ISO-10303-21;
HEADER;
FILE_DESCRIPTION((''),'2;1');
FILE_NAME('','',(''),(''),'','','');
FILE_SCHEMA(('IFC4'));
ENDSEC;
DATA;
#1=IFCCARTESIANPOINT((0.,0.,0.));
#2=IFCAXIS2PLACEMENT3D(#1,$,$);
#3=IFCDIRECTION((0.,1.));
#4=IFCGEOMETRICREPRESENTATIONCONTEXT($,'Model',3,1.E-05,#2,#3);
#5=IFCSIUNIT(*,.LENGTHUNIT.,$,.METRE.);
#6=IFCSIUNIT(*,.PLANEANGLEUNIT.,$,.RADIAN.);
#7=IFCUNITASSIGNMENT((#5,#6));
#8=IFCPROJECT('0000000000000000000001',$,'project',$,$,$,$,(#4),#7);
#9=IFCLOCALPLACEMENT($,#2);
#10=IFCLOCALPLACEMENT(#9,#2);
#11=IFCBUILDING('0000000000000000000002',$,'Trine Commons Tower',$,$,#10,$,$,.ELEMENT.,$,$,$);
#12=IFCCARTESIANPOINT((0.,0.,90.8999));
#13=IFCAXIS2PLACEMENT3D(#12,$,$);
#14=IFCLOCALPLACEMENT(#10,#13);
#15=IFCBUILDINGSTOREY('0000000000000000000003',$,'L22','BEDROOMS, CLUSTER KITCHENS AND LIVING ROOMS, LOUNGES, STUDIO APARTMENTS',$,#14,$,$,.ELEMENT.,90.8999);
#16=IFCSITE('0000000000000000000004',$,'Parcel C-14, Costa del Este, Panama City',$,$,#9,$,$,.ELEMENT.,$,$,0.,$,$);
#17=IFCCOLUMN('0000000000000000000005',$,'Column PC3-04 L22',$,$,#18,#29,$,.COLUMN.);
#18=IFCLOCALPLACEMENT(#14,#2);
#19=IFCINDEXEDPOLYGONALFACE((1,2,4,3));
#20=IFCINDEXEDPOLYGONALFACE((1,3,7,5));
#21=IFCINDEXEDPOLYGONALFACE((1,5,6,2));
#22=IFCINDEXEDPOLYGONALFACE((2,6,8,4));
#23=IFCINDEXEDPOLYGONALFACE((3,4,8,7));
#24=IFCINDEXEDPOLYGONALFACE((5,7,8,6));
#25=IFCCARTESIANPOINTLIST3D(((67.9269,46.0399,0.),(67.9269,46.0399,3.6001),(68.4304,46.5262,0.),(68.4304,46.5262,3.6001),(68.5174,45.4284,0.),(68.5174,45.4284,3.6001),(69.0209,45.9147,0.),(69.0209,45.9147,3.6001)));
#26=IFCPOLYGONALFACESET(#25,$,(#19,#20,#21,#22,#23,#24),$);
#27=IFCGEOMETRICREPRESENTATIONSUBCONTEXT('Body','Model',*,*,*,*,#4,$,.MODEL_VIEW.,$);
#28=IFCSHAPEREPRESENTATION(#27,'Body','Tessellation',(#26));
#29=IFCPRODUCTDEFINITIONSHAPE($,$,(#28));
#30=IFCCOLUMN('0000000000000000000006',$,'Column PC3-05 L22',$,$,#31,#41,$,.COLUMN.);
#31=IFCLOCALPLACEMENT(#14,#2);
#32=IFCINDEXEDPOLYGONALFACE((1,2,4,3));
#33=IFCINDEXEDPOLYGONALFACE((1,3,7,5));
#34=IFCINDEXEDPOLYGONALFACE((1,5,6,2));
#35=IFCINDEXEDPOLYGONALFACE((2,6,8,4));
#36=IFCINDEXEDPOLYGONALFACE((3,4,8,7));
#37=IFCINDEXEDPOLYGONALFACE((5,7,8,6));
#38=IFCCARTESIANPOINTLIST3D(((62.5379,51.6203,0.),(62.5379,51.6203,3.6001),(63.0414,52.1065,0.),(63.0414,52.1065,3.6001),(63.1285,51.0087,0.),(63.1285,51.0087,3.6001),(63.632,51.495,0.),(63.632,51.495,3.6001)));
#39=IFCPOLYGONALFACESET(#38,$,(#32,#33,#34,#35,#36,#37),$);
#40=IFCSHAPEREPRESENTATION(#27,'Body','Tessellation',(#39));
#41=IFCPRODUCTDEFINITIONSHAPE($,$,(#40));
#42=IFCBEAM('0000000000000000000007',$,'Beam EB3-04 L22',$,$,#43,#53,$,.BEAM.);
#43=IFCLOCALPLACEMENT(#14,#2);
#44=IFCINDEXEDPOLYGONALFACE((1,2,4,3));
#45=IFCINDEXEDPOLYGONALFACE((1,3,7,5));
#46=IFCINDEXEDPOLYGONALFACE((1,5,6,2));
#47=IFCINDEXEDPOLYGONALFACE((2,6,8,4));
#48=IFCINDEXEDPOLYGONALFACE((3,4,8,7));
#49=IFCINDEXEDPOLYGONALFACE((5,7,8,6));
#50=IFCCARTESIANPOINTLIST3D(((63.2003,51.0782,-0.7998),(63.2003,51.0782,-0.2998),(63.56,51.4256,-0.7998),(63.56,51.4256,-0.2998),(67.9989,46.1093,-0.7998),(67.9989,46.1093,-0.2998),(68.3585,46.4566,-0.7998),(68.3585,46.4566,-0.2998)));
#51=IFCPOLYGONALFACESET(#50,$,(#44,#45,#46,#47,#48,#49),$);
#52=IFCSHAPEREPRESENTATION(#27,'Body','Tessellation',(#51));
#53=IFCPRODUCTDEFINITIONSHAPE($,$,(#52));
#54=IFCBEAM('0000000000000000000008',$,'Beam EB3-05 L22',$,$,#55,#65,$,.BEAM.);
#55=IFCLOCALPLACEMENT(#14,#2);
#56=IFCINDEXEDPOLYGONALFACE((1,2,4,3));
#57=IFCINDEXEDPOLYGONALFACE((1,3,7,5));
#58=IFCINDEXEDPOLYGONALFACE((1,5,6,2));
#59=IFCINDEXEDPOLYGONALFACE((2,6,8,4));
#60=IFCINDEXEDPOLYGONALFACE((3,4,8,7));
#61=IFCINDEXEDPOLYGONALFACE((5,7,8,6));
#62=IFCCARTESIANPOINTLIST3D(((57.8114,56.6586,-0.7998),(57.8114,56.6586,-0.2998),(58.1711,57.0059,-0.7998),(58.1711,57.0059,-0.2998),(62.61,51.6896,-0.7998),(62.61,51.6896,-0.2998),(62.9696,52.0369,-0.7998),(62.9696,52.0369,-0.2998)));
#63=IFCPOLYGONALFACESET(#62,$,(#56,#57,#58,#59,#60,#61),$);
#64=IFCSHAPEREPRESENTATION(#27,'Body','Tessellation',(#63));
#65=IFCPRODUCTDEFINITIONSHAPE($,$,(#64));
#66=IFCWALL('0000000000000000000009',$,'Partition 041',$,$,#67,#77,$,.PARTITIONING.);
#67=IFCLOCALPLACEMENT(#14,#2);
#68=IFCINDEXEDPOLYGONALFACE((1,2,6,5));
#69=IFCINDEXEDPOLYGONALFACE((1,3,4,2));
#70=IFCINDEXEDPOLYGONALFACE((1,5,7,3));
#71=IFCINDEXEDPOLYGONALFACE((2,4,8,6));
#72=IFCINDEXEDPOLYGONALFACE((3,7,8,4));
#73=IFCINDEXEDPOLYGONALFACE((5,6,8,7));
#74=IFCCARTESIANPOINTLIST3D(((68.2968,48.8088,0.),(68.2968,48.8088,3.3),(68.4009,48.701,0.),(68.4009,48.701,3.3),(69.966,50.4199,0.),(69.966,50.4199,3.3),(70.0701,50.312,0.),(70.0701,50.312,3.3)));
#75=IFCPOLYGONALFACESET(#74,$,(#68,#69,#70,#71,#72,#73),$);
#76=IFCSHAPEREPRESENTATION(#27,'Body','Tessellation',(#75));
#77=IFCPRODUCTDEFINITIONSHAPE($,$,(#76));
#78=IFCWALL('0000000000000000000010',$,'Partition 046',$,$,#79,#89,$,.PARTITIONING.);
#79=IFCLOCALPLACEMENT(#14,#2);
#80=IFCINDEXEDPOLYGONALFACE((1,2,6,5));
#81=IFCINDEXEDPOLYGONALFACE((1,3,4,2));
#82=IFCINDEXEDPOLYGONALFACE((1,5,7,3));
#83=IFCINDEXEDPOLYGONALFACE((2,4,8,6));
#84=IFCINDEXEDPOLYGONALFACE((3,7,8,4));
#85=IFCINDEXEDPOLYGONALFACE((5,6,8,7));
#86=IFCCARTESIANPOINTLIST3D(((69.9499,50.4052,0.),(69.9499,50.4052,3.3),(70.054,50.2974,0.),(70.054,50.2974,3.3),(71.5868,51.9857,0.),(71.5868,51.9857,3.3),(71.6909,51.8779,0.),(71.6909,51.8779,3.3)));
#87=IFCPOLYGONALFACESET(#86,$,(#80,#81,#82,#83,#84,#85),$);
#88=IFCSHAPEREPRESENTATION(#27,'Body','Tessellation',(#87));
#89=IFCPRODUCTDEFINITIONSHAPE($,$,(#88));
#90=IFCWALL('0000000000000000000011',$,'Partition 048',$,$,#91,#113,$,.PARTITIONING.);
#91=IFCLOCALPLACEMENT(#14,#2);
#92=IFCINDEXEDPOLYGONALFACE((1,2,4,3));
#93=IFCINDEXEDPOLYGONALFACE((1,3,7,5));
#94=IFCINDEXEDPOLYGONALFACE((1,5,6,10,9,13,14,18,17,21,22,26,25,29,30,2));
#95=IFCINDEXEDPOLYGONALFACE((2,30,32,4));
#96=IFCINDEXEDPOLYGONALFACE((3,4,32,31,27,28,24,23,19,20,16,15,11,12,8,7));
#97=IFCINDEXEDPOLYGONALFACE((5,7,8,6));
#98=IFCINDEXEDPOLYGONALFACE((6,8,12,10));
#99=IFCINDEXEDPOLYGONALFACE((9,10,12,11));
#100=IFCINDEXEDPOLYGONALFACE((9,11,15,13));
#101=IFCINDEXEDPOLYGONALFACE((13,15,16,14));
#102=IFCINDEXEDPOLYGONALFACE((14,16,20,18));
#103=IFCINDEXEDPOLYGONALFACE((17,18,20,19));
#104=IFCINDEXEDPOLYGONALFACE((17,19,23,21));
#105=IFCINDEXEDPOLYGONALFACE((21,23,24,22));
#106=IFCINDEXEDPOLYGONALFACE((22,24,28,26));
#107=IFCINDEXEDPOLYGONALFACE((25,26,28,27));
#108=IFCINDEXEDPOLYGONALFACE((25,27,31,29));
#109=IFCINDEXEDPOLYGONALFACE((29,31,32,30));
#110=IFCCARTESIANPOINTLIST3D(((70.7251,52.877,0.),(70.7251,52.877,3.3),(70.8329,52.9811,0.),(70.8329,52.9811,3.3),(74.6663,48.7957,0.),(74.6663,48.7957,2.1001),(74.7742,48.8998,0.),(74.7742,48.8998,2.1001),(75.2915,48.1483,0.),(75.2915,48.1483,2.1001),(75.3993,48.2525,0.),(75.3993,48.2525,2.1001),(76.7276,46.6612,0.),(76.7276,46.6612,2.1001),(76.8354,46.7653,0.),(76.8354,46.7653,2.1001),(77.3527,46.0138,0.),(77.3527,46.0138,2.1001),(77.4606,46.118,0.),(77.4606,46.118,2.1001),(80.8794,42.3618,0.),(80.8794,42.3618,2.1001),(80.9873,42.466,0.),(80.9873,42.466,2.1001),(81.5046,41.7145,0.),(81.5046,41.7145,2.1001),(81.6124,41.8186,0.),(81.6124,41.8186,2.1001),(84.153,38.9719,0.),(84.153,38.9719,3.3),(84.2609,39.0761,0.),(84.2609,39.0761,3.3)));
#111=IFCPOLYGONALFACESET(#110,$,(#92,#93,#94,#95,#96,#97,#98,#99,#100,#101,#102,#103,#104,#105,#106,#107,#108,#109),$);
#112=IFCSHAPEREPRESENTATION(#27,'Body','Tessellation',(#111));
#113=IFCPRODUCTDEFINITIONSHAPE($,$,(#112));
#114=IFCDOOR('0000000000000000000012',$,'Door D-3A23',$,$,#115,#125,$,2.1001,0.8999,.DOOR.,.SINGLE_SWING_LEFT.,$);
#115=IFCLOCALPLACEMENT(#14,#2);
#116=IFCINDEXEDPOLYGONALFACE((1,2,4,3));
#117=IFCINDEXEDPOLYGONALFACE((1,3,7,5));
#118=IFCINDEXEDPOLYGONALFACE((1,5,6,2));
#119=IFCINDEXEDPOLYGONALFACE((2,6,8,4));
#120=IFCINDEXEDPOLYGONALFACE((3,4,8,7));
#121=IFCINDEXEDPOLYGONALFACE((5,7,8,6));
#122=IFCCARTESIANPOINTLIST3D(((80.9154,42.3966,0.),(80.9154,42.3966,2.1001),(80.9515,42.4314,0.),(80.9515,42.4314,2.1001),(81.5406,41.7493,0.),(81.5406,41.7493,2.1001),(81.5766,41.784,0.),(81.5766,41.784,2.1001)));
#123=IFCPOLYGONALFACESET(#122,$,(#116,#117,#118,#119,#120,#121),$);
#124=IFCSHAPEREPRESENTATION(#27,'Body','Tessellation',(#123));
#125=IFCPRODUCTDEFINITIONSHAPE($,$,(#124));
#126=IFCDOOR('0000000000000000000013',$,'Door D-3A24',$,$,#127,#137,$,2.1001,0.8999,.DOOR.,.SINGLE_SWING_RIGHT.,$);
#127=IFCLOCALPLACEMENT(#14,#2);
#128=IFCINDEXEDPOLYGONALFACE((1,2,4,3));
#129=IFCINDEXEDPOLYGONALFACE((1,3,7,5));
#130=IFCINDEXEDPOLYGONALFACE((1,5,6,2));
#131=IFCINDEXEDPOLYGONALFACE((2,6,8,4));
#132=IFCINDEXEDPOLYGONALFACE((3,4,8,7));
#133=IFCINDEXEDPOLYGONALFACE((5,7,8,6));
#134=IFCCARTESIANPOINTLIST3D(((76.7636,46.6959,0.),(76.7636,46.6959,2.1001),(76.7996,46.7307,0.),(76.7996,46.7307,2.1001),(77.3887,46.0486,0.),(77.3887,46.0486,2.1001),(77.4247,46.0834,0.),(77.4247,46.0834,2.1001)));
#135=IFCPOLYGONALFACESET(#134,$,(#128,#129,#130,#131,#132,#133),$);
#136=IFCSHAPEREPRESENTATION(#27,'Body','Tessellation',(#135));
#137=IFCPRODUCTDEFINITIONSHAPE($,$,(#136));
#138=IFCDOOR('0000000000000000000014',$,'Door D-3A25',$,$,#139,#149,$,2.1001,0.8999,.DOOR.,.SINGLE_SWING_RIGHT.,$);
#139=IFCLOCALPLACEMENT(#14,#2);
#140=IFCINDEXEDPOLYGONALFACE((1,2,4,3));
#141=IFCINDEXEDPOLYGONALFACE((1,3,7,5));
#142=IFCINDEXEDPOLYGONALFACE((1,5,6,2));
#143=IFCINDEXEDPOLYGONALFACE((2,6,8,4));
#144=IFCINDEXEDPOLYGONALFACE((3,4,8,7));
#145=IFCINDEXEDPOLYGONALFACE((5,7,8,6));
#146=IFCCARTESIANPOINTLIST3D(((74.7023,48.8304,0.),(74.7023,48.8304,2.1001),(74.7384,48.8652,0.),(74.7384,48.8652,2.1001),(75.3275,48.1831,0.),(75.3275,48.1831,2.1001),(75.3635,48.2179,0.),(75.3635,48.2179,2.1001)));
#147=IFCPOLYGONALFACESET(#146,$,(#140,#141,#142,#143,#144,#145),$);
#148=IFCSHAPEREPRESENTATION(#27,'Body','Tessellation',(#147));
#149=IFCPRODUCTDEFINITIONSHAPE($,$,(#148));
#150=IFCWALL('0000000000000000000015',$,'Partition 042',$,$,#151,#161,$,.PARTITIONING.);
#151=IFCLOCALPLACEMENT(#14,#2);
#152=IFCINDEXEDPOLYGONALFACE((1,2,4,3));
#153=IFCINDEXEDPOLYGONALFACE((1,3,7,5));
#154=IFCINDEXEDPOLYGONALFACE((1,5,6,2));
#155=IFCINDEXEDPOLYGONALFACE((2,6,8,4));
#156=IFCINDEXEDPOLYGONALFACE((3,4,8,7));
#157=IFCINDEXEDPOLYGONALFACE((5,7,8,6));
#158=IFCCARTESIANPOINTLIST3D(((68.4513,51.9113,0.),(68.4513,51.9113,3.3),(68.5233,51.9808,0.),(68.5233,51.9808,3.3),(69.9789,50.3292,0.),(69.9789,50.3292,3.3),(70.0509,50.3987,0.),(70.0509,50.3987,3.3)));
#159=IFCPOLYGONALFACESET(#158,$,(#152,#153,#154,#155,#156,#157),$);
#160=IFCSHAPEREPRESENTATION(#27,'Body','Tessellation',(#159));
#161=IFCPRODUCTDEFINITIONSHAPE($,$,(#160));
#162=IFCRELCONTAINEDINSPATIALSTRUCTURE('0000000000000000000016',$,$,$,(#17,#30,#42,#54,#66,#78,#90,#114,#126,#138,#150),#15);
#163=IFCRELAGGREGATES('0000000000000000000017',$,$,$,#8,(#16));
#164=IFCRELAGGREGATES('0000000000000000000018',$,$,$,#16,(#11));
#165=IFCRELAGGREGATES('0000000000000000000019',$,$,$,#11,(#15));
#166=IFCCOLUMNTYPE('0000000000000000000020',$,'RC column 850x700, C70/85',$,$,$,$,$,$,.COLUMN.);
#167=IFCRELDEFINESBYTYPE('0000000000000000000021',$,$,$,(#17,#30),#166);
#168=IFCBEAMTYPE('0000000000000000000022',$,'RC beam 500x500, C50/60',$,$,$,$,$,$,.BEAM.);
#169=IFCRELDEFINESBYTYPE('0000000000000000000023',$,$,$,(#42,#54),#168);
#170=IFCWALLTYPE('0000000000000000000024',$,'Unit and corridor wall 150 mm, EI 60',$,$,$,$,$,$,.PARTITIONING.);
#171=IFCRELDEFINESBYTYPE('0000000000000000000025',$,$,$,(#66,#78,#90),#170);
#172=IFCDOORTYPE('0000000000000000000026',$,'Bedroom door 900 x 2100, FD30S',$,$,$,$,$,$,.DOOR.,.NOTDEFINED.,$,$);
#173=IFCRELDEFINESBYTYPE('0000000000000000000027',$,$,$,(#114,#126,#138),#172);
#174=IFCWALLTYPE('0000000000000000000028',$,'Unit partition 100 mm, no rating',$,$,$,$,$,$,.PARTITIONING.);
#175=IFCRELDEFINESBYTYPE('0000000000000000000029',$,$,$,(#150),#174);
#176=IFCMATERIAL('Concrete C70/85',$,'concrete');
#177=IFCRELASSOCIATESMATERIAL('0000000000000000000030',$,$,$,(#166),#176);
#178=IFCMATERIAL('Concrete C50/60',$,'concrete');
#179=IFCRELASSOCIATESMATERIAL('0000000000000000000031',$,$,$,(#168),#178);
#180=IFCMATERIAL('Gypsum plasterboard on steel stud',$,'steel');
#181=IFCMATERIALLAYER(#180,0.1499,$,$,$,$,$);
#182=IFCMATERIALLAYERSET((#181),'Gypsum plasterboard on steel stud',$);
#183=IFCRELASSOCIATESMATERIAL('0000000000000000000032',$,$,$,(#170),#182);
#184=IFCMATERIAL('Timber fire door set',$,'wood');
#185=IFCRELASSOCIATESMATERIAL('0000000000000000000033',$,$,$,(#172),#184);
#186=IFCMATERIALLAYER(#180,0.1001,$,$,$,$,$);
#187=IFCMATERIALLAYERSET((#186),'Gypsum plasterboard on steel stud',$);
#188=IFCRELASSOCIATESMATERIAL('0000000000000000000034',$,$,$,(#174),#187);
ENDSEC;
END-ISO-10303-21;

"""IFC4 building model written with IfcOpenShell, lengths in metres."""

from ifc_helpers import new_model, si_unit, direction, frame, frame_2d, origin, origin_2d, place, context, subcontext, project, spatial, rectangle, extrude, material, layer, layer_set, material_profile, profile_set, type_object, element, fill, save


model = new_model("IFC4")

# Units and contexts
model_context = context("Model", 3, precision=1e-05, world=origin(), true_north=direction((0.0, 1.0)))
body_context = subcontext(model_context, "Body", "Model", "MODEL_VIEW")
ifc_project = project(units=[si_unit("LENGTHUNIT", "METRE"), si_unit("PLANEANGLEUNIT", "RADIAN")], contexts=[model_context])

# Site, building, storey
site_placement = place(None, origin())
site = spatial("IfcSite", under=ifc_project, at=site_placement, Name="Parcel C-14, Costa del Este, Panama City", CompositionType="ELEMENT", RefElevation=0.0)
building_placement = place(site_placement, origin())
building = spatial("IfcBuilding", under=site, at=building_placement, Name="Trine Commons Tower", CompositionType="ELEMENT")
storey_placement = place(building_placement, frame((0.0, 0.0, 90.8999)))
storey = spatial("IfcBuildingStorey", under=building, at=storey_placement, Name="L22", Description="BEDROOMS, CLUSTER KITCHENS AND LIVING ROOMS, LOUNGES, STUDIO APARTMENTS", CompositionType="ELEMENT", Elevation=90.8999)

# Columns
ifc_material_1 = material(Name="Concrete C70/85", Category="concrete")
ifc_material_profile_1 = material_profile(ifc_material_1, rectangle(XDim=0.8501, YDim=0.7, at=origin_2d()), Name="RC 850x700")
ifc_profile_set_1 = profile_set([ifc_material_profile_1], Name="Concrete C70/85")
column_type = type_object("IfcColumnType", Name="RC column 850x700, C70/85", PredefinedType="COLUMN", material=ifc_profile_set_1)
for number, where, z_axis, x_axis, name in (
    (1, (68.4739, 45.9773, 0.0), (0.0, 0.0, 1.0), (-0.694658, 0.71934, 0.0), "Column PC3-04 L22"),
    (2, (63.085, 51.5576, 0.0), (0.0, 0.0, 1.0), (-0.694658, 0.71934, 0.0), "Column PC3-05 L22"),
):
    element("IfcColumn", number, at=place(storey_placement, frame(where, z_axis=z_axis, x_axis=x_axis)), inside=storey, type_object=column_type, Name=name, PredefinedType="COLUMN", context=body_context, shape_type="SweptSolid", body=[
        extrude(rectangle(XDim=0.8501, YDim=0.7, at=origin_2d()), origin(), (0.0, 0.0, 1.0), 3.6001),
    ])

# Beams
ifc_material_2 = material(Name="Concrete C50/60", Category="concrete")
ifc_material_profile_2 = material_profile(ifc_material_2, rectangle(XDim=0.5, YDim=0.5, at=origin_2d()), Name="RC 500x500")
ifc_profile_set_2 = profile_set([ifc_material_profile_2], Name="Concrete C50/60")
beam_type = type_object("IfcBeamType", Name="RC beam 500x500, C50/60", PredefinedType="BEAM", material=ifc_profile_set_2)
for number, where, z_axis, x_axis, name in (
    (3, (68.1787, 46.283, -0.5498), (-0.694665, 0.719334, 0.0), (-0.719334, -0.694665, 0.0), "Beam EB3-04 L22"),
    (4, (62.7898, 51.8633, -0.5498), (-0.694665, 0.719334, 0.0), (-0.719334, -0.694665, 0.0), "Beam EB3-05 L22"),
):
    element("IfcBeam", number, at=place(storey_placement, frame(where, z_axis=z_axis, x_axis=x_axis)), inside=storey, type_object=beam_type, Name=name, PredefinedType="BEAM", context=body_context, shape_type="SweptSolid", body=[
        extrude(rectangle(XDim=0.5, YDim=0.5, at=origin_2d()), origin(), (0.0, 0.0, 1.0), 6.9077),
    ])

# Walls
ifc_material_3 = material(Name="Gypsum plasterboard on steel stud", Category="steel")
ifc_layer_1 = layer(ifc_material_3, 0.1499)
ifc_layer_set_1 = layer_set([ifc_layer_1], Name="Gypsum plasterboard on steel stud")
wall_type_1 = type_object("IfcWallType", Name="Unit and corridor wall 150 mm, EI 60", PredefinedType="PARTITIONING", material=ifc_layer_set_1)
wall_1_placement = place(storey_placement, frame((68.3489, 48.7549, 0.0), z_axis=(0.0, 0.0, 1.0), x_axis=(0.719519, 0.694472, 0.0)))
element("IfcWall", 5, at=wall_1_placement, inside=storey, type_object=wall_type_1, Name="Partition 041", PredefinedType="PARTITIONING", context=body_context, shape_type="SweptSolid", body=[
    extrude(rectangle(XDim=2.3198, YDim=0.1499, at=frame_2d((1.1599, 0.0))), origin(), (0.0, 0.0, 1.0), 3.3),
])
wall_2_placement = place(storey_placement, frame((70.002, 50.3513, 0.0), z_axis=(0.0, 0.0, 1.0), x_axis=(0.71939, 0.694606, 0.0)))
element("IfcWall", 6, at=wall_2_placement, inside=storey, type_object=wall_type_1, Name="Partition 046", PredefinedType="PARTITIONING", context=body_context, shape_type="SweptSolid", body=[
    extrude(rectangle(XDim=2.2754, YDim=0.1499, at=frame_2d((1.1377, 0.0))), origin(), (0.0, 0.0, 1.0), 3.3),
])

# Wall, openings, doors
wall_3_placement = place(storey_placement, frame((70.7791, 52.929, 0.0), z_axis=(0.0, 0.0, 1.0), x_axis=(0.69466, -0.719339, 0.0)))
wall_3 = element("IfcWall", 7, at=wall_3_placement, inside=storey, type_object=wall_type_1, Name="Partition 048", PredefinedType="PARTITIONING", context=body_context, shape_type="SweptSolid", body=[
    extrude(rectangle(XDim=19.3303, YDim=0.1499, at=frame_2d((9.665, 0.0))), origin(), (0.0, 0.0, 1.0), 3.3),
])
opening_1_placement = place(wall_3_placement, frame((14.6177, 0.0, 0.0)))
opening_1 = element("IfcOpeningElement", 8, at=opening_1_placement, cuts=wall_3, PredefinedType="OPENING", context=body_context, shape_type="SweptSolid", body=[
    extrude(rectangle(XDim=0.8999, YDim=2.1001, at=frame_2d((0.45, 1.05))), frame((0.0, 0.085, 0.0), z_axis=(0.0, -1.0, 0.0), x_axis=(1.0, 0.0, 0.0)), (0.0, 0.0, 1.0), 0.1699),
])
opening_2_placement = place(wall_3_placement, frame((8.6409, 0.0, 0.0)))
opening_2 = element("IfcOpeningElement", 9, at=opening_2_placement, cuts=wall_3, PredefinedType="OPENING", context=body_context, shape_type="SweptSolid", body=[
    extrude(rectangle(XDim=0.8999, YDim=2.1001, at=frame_2d((0.45, 1.05))), frame((0.0, 0.085, 0.0), z_axis=(0.0, -1.0, 0.0), x_axis=(1.0, 0.0, 0.0)), (0.0, 0.0, 1.0), 0.1699),
])
opening_3_placement = place(wall_3_placement, frame((5.6736, 0.0, 0.0)))
opening_3 = element("IfcOpeningElement", 10, at=opening_3_placement, cuts=wall_3, PredefinedType="OPENING", context=body_context, shape_type="SweptSolid", body=[
    extrude(rectangle(XDim=0.8999, YDim=2.1001, at=frame_2d((0.45, 1.05))), frame((0.0, 0.085, 0.0), z_axis=(0.0, -1.0, 0.0), x_axis=(1.0, 0.0, 0.0)), (0.0, 0.0, 1.0), 0.1699),
])
ifc_material_4 = material(Name="Timber fire door set", Category="wood")
door_type_1 = type_object("IfcDoorType", Name="Bedroom door 900 x 2100, FD30S", OperationType="NOTDEFINED", PredefinedType="DOOR", material=ifc_material_4)
door_1_placement = place(opening_1_placement, frame((0.8999, 0.0, 0.0), z_axis=(0.0, 0.0, 1.0), x_axis=(-1.0, 0.0, 0.0)))
door_1 = element("IfcDoor", 11, at=door_1_placement, inside=storey, type_object=door_type_1, Name="Door D-3A23", OperationType="SINGLE_SWING_LEFT", OverallHeight=2.1001, OverallWidth=0.8999, PredefinedType="DOOR", context=body_context, shape_type="SweptSolid", body=[
    extrude(rectangle(XDim=0.8999, YDim=2.1001, at=frame_2d((0.45, 1.05))), frame((0.0, 0.0249, 0.0), z_axis=(0.0, -1.0, 0.0), x_axis=(1.0, 0.0, 0.0)), (0.0, 0.0, 1.0), 0.05),
])
fill(opening_1, door_1)
door_2_placement = place(opening_2_placement, frame((0.8999, 0.0, 0.0), z_axis=(0.0, 0.0, 1.0), x_axis=(-1.0, 0.0, 0.0)))
door_2 = element("IfcDoor", 12, at=door_2_placement, inside=storey, type_object=door_type_1, Name="Door D-3A24", OperationType="SINGLE_SWING_RIGHT", OverallHeight=2.1001, OverallWidth=0.8999, PredefinedType="DOOR", context=body_context, shape_type="SweptSolid", body=[
    extrude(rectangle(XDim=0.8999, YDim=2.1001, at=frame_2d((0.45, 1.05))), frame((0.0, 0.0249, 0.0), z_axis=(0.0, -1.0, 0.0), x_axis=(1.0, 0.0, 0.0)), (0.0, 0.0, 1.0), 0.05),
])
fill(opening_2, door_2)
door_3_placement = place(opening_3_placement, frame((0.8999, 0.0, 0.0), z_axis=(0.0, 0.0, 1.0), x_axis=(-1.0, 0.0, 0.0)))
door_3 = element("IfcDoor", 13, at=door_3_placement, inside=storey, type_object=door_type_1, Name="Door D-3A25", OperationType="SINGLE_SWING_RIGHT", OverallHeight=2.1001, OverallWidth=0.8999, PredefinedType="DOOR", context=body_context, shape_type="SweptSolid", body=[
    extrude(rectangle(XDim=0.8999, YDim=2.1001, at=frame_2d((0.45, 1.05))), frame((0.0, 0.0249, 0.0), z_axis=(0.0, -1.0, 0.0), x_axis=(1.0, 0.0, 0.0)), (0.0, 0.0, 1.0), 0.05),
])
fill(opening_3, door_3)

# Wall
ifc_layer_2 = layer(ifc_material_3, 0.1001)
ifc_layer_set_2 = layer_set([ifc_layer_2], Name="Gypsum plasterboard on steel stud")
wall_type_2 = type_object("IfcWallType", Name="Unit partition 100 mm, no rating", PredefinedType="PARTITIONING", material=ifc_layer_set_2)
wall_4_placement = place(storey_placement, frame((68.4873, 51.946, 0.0), z_axis=(0.0, 0.0, 1.0), x_axis=(0.69462, -0.719377, 0.0)))
element("IfcWall", 14, at=wall_4_placement, inside=storey, type_object=wall_type_2, Name="Partition 042", PredefinedType="PARTITIONING", context=body_context, shape_type="SweptSolid", body=[
    extrude(rectangle(XDim=2.1992, YDim=0.1001, at=frame_2d((1.0996, 0.0))), origin(), (0.0, 0.0, 1.0), 3.3),
])

save(model, "model.ifc")
